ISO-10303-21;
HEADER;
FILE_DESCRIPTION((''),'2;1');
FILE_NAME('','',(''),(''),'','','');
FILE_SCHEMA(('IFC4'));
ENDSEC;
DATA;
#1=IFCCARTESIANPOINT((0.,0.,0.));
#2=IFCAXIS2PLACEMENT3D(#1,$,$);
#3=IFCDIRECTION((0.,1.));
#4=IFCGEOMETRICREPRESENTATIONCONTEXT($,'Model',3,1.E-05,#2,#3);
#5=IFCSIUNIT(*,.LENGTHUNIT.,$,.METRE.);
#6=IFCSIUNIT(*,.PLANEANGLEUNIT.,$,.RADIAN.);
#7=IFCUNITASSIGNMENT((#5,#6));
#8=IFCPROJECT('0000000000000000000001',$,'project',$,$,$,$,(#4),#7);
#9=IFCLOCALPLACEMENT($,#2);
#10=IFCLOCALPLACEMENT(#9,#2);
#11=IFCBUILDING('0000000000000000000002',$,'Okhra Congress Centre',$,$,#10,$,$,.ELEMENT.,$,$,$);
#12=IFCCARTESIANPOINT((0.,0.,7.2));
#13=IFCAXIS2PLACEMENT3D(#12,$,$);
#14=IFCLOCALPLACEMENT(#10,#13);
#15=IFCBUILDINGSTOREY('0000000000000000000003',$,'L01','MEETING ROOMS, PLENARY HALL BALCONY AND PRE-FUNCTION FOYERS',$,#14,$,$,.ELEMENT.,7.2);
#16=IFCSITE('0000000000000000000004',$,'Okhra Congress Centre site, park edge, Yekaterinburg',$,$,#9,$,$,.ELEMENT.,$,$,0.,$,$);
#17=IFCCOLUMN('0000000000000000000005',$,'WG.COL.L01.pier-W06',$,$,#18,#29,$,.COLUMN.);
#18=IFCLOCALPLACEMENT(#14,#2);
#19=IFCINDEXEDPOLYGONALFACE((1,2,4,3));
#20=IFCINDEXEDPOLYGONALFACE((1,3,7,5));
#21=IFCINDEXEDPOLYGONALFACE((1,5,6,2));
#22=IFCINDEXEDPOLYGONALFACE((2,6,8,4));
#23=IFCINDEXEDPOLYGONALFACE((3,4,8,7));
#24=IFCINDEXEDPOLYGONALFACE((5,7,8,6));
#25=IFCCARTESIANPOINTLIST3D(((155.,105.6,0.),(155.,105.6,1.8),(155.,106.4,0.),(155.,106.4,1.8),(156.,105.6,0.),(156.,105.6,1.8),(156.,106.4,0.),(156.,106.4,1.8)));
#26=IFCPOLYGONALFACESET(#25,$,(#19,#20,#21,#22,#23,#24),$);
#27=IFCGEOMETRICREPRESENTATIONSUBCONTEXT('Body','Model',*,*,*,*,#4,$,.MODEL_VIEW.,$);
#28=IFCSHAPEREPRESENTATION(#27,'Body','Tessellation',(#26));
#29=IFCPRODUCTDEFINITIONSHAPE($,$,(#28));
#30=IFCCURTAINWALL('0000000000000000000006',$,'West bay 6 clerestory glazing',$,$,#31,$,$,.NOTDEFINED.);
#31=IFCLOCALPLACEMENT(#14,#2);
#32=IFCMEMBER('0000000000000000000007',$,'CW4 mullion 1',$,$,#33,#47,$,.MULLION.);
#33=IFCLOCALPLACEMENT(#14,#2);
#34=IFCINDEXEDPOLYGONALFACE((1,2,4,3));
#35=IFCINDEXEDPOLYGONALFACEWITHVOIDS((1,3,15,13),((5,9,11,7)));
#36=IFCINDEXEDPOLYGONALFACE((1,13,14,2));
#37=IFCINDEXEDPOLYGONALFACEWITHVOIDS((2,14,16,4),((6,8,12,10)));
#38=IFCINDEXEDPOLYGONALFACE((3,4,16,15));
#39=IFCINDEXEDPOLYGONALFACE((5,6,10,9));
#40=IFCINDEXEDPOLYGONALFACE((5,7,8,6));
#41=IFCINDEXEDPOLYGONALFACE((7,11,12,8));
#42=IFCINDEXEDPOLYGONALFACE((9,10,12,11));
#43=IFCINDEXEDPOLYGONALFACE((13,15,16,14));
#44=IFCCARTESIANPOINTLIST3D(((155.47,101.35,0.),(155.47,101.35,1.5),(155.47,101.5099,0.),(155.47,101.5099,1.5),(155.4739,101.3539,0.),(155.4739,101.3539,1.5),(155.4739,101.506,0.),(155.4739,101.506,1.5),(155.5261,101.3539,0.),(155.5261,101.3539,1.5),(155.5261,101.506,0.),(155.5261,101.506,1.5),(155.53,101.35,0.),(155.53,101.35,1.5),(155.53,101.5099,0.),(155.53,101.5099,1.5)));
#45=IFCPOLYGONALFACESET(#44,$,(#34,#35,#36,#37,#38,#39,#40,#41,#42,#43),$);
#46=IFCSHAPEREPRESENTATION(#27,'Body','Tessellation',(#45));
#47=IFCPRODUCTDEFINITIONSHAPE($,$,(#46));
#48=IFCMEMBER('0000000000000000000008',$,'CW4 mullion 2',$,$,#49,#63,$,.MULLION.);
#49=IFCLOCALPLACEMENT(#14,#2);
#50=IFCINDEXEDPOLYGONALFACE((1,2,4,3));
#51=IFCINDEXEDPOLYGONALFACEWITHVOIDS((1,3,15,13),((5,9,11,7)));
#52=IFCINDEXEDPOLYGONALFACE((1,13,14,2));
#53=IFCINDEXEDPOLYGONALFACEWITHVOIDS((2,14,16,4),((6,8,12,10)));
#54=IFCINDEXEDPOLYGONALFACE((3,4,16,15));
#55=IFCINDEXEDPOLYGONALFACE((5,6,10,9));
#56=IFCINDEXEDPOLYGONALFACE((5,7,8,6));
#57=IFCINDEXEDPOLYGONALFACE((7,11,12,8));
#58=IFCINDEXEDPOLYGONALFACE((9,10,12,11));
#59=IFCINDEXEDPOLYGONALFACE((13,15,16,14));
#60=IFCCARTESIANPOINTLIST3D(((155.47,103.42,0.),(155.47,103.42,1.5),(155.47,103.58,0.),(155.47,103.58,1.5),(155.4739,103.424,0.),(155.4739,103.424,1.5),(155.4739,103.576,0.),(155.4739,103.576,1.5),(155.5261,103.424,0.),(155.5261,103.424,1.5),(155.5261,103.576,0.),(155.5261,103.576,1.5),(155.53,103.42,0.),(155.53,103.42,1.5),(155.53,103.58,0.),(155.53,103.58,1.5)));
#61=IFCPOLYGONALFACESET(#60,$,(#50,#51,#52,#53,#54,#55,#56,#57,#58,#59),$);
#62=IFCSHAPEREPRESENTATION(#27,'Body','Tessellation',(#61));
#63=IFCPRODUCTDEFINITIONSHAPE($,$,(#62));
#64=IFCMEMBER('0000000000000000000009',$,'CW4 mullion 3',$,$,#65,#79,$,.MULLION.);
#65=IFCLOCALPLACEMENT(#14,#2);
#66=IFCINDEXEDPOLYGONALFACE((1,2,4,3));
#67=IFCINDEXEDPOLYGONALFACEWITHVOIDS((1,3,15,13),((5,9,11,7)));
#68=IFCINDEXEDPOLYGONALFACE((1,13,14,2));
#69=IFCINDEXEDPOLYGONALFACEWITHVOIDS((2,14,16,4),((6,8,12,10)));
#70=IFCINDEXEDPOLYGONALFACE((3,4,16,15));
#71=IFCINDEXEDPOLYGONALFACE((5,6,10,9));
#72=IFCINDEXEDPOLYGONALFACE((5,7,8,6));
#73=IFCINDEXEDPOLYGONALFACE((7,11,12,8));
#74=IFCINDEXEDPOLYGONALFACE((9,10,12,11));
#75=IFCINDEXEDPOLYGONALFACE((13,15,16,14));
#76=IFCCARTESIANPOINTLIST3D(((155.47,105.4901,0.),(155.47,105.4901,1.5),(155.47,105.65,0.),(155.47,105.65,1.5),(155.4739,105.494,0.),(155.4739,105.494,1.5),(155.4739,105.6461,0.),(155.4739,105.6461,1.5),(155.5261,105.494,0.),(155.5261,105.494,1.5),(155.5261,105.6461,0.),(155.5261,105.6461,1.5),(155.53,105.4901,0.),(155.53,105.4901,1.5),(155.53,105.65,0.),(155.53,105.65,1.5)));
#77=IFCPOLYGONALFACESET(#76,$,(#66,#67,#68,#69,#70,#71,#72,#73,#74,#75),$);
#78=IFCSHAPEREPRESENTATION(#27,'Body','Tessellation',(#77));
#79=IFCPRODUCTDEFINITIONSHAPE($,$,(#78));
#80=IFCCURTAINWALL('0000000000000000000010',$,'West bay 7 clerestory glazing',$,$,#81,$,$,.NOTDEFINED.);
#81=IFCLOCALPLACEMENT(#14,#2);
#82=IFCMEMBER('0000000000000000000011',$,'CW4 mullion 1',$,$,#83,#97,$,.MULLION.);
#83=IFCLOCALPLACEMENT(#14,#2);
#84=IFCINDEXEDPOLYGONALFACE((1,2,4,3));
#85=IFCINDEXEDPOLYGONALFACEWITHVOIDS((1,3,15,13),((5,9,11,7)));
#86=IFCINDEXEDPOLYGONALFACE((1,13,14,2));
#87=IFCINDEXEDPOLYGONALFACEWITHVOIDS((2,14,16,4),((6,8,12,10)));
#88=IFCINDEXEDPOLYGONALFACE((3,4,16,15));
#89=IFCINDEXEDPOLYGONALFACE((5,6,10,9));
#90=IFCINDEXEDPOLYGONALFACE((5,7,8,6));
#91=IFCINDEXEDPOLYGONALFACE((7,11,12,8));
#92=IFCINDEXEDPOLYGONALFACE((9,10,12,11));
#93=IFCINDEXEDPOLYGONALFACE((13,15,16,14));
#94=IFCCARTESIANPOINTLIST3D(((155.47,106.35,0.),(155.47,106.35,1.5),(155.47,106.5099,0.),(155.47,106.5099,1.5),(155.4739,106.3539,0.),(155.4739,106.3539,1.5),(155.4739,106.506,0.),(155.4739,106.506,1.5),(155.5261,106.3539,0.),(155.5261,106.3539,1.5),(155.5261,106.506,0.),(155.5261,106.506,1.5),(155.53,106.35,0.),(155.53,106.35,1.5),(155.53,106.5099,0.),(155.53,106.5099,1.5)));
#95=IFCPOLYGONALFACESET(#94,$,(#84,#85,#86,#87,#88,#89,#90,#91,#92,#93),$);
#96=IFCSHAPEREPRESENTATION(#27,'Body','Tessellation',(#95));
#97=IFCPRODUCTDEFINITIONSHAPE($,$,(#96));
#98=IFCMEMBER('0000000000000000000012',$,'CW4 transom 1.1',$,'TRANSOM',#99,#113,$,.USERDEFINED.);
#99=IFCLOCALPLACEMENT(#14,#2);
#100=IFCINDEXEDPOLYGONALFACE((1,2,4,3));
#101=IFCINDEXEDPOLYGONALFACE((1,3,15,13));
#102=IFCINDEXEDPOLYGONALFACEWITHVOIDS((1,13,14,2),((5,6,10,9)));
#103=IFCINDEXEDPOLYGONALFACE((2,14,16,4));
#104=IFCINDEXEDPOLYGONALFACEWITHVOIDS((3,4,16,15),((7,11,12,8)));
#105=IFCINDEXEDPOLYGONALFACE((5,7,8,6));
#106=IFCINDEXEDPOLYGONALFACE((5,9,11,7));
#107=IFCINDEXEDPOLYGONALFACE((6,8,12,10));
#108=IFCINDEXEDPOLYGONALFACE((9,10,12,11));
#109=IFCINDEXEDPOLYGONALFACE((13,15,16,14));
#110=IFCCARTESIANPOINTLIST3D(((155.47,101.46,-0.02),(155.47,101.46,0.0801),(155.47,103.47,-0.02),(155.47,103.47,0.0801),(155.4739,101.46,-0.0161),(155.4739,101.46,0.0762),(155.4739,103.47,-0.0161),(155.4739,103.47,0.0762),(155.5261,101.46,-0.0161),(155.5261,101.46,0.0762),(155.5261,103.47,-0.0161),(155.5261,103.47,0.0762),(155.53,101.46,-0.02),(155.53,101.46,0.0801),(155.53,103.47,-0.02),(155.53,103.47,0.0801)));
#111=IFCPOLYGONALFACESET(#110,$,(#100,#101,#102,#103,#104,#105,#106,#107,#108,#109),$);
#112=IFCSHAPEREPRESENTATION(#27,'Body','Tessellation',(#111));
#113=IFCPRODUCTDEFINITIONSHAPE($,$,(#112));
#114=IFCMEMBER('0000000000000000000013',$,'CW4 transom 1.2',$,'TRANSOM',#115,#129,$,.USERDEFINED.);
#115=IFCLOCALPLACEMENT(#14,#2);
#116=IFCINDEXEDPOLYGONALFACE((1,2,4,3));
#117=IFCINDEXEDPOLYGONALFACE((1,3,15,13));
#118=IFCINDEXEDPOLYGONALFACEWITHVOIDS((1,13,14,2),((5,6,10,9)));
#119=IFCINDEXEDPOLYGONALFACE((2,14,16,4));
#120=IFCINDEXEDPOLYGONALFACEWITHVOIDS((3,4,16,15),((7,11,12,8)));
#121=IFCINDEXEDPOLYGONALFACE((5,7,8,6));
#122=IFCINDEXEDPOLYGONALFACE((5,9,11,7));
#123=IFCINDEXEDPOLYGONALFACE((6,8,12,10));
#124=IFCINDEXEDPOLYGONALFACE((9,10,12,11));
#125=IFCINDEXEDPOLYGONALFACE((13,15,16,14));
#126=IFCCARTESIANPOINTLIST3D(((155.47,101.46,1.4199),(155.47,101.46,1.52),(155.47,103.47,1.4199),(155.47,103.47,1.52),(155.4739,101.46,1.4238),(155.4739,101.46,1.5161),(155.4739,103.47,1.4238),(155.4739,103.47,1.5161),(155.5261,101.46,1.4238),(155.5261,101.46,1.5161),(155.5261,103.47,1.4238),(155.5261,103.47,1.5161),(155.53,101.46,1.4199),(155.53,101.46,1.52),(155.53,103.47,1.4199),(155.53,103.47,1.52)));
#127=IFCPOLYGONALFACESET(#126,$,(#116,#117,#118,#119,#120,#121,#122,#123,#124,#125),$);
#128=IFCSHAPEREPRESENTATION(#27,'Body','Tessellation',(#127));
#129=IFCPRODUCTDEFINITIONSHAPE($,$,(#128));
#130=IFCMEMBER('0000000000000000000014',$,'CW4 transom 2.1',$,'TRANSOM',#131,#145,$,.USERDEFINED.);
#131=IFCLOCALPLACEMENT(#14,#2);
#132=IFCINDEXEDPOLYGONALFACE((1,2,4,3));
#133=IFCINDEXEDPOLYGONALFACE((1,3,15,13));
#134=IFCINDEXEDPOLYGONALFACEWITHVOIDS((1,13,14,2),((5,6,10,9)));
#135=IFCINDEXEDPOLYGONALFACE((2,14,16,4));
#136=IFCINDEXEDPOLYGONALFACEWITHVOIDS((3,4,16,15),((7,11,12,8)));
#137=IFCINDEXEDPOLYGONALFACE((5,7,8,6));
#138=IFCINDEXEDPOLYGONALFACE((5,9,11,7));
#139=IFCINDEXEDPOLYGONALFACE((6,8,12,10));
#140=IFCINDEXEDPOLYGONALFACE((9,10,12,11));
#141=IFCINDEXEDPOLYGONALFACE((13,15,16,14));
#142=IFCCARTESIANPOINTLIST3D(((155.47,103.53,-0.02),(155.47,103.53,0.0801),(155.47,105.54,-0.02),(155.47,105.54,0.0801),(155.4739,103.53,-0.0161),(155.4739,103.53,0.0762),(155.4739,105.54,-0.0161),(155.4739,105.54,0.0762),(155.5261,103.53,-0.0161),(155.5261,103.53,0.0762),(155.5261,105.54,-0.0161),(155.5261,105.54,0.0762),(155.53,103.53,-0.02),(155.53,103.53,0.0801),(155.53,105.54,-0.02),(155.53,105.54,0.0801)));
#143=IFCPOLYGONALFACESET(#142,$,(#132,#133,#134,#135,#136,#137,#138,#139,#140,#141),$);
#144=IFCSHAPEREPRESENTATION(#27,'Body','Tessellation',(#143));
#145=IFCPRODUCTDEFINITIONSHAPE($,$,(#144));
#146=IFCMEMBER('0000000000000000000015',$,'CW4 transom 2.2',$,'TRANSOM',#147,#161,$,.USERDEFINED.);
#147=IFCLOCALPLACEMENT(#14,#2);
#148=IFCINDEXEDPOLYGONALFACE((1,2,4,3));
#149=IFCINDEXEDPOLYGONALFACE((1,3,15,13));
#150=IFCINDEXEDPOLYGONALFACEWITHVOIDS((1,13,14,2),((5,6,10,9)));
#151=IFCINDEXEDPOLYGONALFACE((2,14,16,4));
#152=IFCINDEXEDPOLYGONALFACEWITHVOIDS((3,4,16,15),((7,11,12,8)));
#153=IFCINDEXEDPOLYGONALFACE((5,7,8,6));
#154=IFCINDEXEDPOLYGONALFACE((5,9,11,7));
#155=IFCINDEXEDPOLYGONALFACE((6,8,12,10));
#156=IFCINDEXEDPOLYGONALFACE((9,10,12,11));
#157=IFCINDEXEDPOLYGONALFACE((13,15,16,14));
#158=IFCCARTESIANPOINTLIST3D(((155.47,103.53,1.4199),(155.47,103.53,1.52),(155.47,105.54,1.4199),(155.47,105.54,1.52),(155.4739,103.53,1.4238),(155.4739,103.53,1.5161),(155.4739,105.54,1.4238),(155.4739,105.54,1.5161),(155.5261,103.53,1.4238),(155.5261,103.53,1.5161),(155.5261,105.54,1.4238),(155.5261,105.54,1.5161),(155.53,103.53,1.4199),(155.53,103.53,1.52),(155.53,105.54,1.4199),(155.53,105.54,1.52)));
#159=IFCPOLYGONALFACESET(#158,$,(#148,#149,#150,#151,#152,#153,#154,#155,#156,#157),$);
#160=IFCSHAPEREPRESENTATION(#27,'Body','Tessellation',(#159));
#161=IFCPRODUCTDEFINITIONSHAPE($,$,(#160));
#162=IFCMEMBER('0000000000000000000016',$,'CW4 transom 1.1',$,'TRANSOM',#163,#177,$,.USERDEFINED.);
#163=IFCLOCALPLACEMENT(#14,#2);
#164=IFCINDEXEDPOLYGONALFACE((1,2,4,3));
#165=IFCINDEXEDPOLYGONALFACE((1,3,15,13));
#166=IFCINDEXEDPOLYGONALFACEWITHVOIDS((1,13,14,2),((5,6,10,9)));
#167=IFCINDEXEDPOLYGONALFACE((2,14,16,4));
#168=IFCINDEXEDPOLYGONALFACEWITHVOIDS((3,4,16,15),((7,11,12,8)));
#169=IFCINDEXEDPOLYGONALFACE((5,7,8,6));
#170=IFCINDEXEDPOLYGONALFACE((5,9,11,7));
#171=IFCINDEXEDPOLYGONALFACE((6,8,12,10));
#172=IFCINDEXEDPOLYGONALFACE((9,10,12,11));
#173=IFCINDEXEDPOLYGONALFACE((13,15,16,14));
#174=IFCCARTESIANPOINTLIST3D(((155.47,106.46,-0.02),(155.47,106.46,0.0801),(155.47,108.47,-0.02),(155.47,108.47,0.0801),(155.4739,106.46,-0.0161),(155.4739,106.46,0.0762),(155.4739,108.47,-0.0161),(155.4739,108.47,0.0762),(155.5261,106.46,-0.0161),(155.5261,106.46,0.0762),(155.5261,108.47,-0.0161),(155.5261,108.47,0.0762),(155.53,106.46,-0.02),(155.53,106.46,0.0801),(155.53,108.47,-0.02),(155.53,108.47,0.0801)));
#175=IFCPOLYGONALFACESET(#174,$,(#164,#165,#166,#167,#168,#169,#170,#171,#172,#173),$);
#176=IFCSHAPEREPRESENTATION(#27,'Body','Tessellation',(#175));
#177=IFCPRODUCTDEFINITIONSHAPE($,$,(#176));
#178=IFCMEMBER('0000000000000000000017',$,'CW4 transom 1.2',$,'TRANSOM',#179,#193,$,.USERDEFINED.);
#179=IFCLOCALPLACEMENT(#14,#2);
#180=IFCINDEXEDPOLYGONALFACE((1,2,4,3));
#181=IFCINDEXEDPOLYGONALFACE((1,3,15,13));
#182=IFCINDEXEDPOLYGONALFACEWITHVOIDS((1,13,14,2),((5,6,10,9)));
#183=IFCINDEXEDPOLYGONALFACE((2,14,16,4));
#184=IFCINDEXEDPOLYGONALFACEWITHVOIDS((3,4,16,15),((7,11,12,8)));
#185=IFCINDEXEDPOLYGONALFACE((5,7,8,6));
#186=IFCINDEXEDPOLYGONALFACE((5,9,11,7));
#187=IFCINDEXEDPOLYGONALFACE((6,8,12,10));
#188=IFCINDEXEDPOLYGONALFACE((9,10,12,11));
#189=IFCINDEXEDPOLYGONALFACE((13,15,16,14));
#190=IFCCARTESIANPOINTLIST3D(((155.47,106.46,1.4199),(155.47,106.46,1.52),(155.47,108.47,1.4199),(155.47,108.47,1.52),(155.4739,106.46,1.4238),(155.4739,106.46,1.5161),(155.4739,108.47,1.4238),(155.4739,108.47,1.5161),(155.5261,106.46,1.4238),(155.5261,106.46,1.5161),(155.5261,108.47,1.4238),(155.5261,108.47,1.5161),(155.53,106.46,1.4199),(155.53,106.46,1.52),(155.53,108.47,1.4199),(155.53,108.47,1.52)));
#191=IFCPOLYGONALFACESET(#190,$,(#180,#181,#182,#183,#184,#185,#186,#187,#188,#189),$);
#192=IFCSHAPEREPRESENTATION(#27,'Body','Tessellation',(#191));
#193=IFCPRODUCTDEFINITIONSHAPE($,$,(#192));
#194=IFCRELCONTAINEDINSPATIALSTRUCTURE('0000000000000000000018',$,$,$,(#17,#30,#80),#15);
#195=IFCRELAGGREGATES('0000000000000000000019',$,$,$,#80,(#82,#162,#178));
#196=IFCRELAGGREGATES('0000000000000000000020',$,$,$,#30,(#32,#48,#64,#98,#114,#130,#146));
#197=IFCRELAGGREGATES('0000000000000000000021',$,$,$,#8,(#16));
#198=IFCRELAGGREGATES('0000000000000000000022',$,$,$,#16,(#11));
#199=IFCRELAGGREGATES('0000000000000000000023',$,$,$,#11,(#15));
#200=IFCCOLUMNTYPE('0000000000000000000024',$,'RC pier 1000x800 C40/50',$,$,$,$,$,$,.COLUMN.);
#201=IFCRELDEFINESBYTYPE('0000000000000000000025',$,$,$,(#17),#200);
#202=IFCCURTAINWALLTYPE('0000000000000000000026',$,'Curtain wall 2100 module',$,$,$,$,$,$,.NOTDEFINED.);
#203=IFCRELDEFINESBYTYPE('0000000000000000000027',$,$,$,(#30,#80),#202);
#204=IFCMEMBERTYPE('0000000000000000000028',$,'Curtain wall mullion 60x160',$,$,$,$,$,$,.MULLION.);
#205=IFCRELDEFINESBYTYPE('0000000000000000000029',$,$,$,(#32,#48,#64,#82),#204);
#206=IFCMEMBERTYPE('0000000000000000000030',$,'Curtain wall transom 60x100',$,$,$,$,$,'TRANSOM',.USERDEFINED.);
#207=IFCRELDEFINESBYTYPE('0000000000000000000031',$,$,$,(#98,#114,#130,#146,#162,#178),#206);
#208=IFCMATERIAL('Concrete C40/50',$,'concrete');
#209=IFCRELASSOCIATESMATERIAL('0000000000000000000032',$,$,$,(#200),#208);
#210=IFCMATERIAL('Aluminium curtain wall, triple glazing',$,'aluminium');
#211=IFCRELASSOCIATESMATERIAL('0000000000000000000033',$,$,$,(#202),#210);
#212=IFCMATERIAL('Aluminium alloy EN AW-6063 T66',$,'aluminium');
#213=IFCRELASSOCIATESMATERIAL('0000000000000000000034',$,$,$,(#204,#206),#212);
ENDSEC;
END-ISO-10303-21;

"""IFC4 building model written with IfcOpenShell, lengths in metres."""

from ifc_helpers import new_model, si_unit, direction, frame, origin, origin_2d, place, context, subcontext, project, spatial, rectangle, hollow_rectangle, extrude, material, material_profile, profile_set, type_object, element, aggregate, save


model = new_model("IFC4")

# Units and contexts
model_context = context("Model", 3, precision=1e-05, world=origin(), true_north=direction((0.0, 1.0)))
body_context = subcontext(model_context, "Body", "Model", "MODEL_VIEW")
ifc_project = project(units=[si_unit("LENGTHUNIT", "METRE"), si_unit("PLANEANGLEUNIT", "RADIAN")], contexts=[model_context])

# Site, building, storey
site_placement = place(None, origin())
site = spatial("IfcSite", under=ifc_project, at=site_placement, Name="Okhra Congress Centre site, park edge, Yekaterinburg", CompositionType="ELEMENT", RefElevation=0.0)
building_placement = place(site_placement, origin())
building = spatial("IfcBuilding", under=site, at=building_placement, Name="Okhra Congress Centre", CompositionType="ELEMENT")
storey_placement = place(building_placement, frame((0.0, 0.0, 7.2)))
storey = spatial("IfcBuildingStorey", under=building, at=storey_placement, Name="L01", Description="MEETING ROOMS, PLENARY HALL BALCONY AND PRE-FUNCTION FOYERS", CompositionType="ELEMENT", Elevation=7.2)

# Column
ifc_material_1 = material(Name="Concrete C40/50", Category="concrete")
ifc_material_profile_1 = material_profile(ifc_material_1, rectangle(XDim=1.0, YDim=0.8, at=origin_2d()), Name="RC 1000x800")
ifc_profile_set_1 = profile_set([ifc_material_profile_1], Name="Concrete C40/50")
column_type = type_object("IfcColumnType", Name="RC pier 1000x800 C40/50", PredefinedType="COLUMN", material=ifc_profile_set_1)
column_placement = place(storey_placement, frame((155.5, 106.0, 0.0), z_axis=(0.0, 0.0, 1.0), x_axis=(1.0, 0.0, 0.0)))
element("IfcColumn", 1, at=column_placement, inside=storey, type_object=column_type, Name="WG.COL.L01.pier-W06", PredefinedType="COLUMN", context=body_context, shape_type="SweptSolid", body=[
    extrude(rectangle(XDim=1.0, YDim=0.8, at=origin_2d()), origin(), (0.0, 0.0, 1.0), 1.8),
])

# Curtain wall, members
ifc_material_2 = material(Name="Aluminium curtain wall, triple glazing", Category="aluminium")
curtain_wall_type = type_object("IfcCurtainWallType", Name="Curtain wall 2100 module", PredefinedType="NOTDEFINED", material=ifc_material_2)
curtain_wall_1_placement = place(storey_placement, origin())
curtain_wall_1 = element("IfcCurtainWall", 2, at=curtain_wall_1_placement, inside=storey, type_object=curtain_wall_type, Name="West bay 6 clerestory glazing", PredefinedType="NOTDEFINED")
ifc_material_3 = material(Name="Aluminium alloy EN AW-6063 T66", Category="aluminium")
ifc_material_profile_2 = material_profile(ifc_material_3, hollow_rectangle(XDim=0.0601, YDim=0.1599, WallThickness=0.0039, at=origin_2d()), Name="RHS 60x160x4")
ifc_profile_set_2 = profile_set([ifc_material_profile_2], Name="Aluminium alloy EN AW-6063 T66")
member_type_1 = type_object("IfcMemberType", Name="Curtain wall mullion 60x160", PredefinedType="MULLION", material=ifc_profile_set_2)
member_1_placement = place(storey_placement, frame((155.5, 101.4299, 0.0), z_axis=(0.0, 0.0, 1.0), x_axis=(-1.0, 0.0, 0.0)))
member_1 = element("IfcMember", 3, at=member_1_placement, type_object=member_type_1, Name="CW4 mullion 1", PredefinedType="MULLION", context=body_context, shape_type="SweptSolid", body=[
    extrude(hollow_rectangle(XDim=0.0601, YDim=0.1599, WallThickness=0.0039, at=origin_2d()), origin(), (0.0, 0.0, 1.0), 1.5),
])
member_2_placement = place(storey_placement, frame((155.5, 103.5, 0.0), z_axis=(0.0, 0.0, 1.0), x_axis=(-1.0, 0.0, 0.0)))
member_2 = element("IfcMember", 4, at=member_2_placement, type_object=member_type_1, Name="CW4 mullion 2", PredefinedType="MULLION", context=body_context, shape_type="SweptSolid", body=[
    extrude(hollow_rectangle(XDim=0.0601, YDim=0.1599, WallThickness=0.0039, at=origin_2d()), origin(), (0.0, 0.0, 1.0), 1.5),
])
member_3_placement = place(storey_placement, frame((155.5, 105.5701, 0.0), z_axis=(0.0, 0.0, 1.0), x_axis=(-1.0, 0.0, 0.0)))
member_3 = element("IfcMember", 5, at=member_3_placement, type_object=member_type_1, Name="CW4 mullion 3", PredefinedType="MULLION", context=body_context, shape_type="SweptSolid", body=[
    extrude(hollow_rectangle(XDim=0.0601, YDim=0.1599, WallThickness=0.0039, at=origin_2d()), origin(), (0.0, 0.0, 1.0), 1.5),
])

# Curtain wall, member
curtain_wall_2_placement = place(storey_placement, origin())
curtain_wall_2 = element("IfcCurtainWall", 6, at=curtain_wall_2_placement, inside=storey, type_object=curtain_wall_type, Name="West bay 7 clerestory glazing", PredefinedType="NOTDEFINED")
member_4_placement = place(storey_placement, frame((155.5, 106.4299, 0.0), z_axis=(0.0, 0.0, 1.0), x_axis=(-1.0, 0.0, 0.0)))
member_4 = element("IfcMember", 7, at=member_4_placement, type_object=member_type_1, Name="CW4 mullion 1", PredefinedType="MULLION", context=body_context, shape_type="SweptSolid", body=[
    extrude(hollow_rectangle(XDim=0.0601, YDim=0.1599, WallThickness=0.0039, at=origin_2d()), origin(), (0.0, 0.0, 1.0), 1.5),
])

# Members
ifc_material_profile_3 = material_profile(ifc_material_3, hollow_rectangle(XDim=0.0601, YDim=0.1001, WallThickness=0.0039, at=origin_2d()), Name="RHS 60x100x4")
ifc_profile_set_3 = profile_set([ifc_material_profile_3], Name="Aluminium alloy EN AW-6063 T66")
member_type_2 = type_object("IfcMemberType", Name="Curtain wall transom 60x100", ElementType="TRANSOM", PredefinedType="USERDEFINED", material=ifc_profile_set_3)
member_5_placement = place(storey_placement, frame((155.5, 101.46, 0.03), z_axis=(0.0, 1.0, 0.0), x_axis=(-1.0, 0.0, 0.0)))
member_5 = element("IfcMember", 8, at=member_5_placement, type_object=member_type_2, Name="CW4 transom 1.1", ObjectType="TRANSOM", PredefinedType="USERDEFINED", context=body_context, shape_type="SweptSolid", body=[
    extrude(hollow_rectangle(XDim=0.0601, YDim=0.1001, WallThickness=0.0039, at=origin_2d()), origin(), (0.0, 0.0, 1.0), 2.01),
])
member_6_placement = place(storey_placement, frame((155.5, 101.46, 1.47), z_axis=(0.0, 1.0, 0.0), x_axis=(-1.0, 0.0, 0.0)))
member_6 = element("IfcMember", 9, at=member_6_placement, type_object=member_type_2, Name="CW4 transom 1.2", ObjectType="TRANSOM", PredefinedType="USERDEFINED", context=body_context, shape_type="SweptSolid", body=[
    extrude(hollow_rectangle(XDim=0.0601, YDim=0.1001, WallThickness=0.0039, at=origin_2d()), origin(), (0.0, 0.0, 1.0), 2.01),
])
member_7_placement = place(storey_placement, frame((155.5, 103.53, 0.03), z_axis=(0.0, 1.0, 0.0), x_axis=(-1.0, 0.0, 0.0)))
member_7 = element("IfcMember", 10, at=member_7_placement, type_object=member_type_2, Name="CW4 transom 2.1", ObjectType="TRANSOM", PredefinedType="USERDEFINED", context=body_context, shape_type="SweptSolid", body=[
    extrude(hollow_rectangle(XDim=0.0601, YDim=0.1001, WallThickness=0.0039, at=origin_2d()), origin(), (0.0, 0.0, 1.0), 2.01),
])
member_8_placement = place(storey_placement, frame((155.5, 103.53, 1.47), z_axis=(0.0, 1.0, 0.0), x_axis=(-1.0, 0.0, 0.0)))
member_8 = element("IfcMember", 11, at=member_8_placement, type_object=member_type_2, Name="CW4 transom 2.2", ObjectType="TRANSOM", PredefinedType="USERDEFINED", context=body_context, shape_type="SweptSolid", body=[
    extrude(hollow_rectangle(XDim=0.0601, YDim=0.1001, WallThickness=0.0039, at=origin_2d()), origin(), (0.0, 0.0, 1.0), 2.01),
])
member_9_placement = place(storey_placement, frame((155.5, 106.46, 0.03), z_axis=(0.0, 1.0, 0.0), x_axis=(-1.0, 0.0, 0.0)))
member_9 = element("IfcMember", 12, at=member_9_placement, type_object=member_type_2, Name="CW4 transom 1.1", ObjectType="TRANSOM", PredefinedType="USERDEFINED", context=body_context, shape_type="SweptSolid", body=[
    extrude(hollow_rectangle(XDim=0.0601, YDim=0.1001, WallThickness=0.0039, at=origin_2d()), origin(), (0.0, 0.0, 1.0), 2.01),
])
member_10_placement = place(storey_placement, frame((155.5, 106.46, 1.47), z_axis=(0.0, 1.0, 0.0), x_axis=(-1.0, 0.0, 0.0)))
member_10 = element("IfcMember", 13, at=member_10_placement, type_object=member_type_2, Name="CW4 transom 1.2", ObjectType="TRANSOM", PredefinedType="USERDEFINED", context=body_context, shape_type="SweptSolid", body=[
    extrude(hollow_rectangle(XDim=0.0601, YDim=0.1001, WallThickness=0.0039, at=origin_2d()), origin(), (0.0, 0.0, 1.0), 2.01),
])
aggregate(curtain_wall_2, [member_4, member_9, member_10])

aggregate(curtain_wall_1, [member_1, member_2, member_3, member_5, member_6, member_7, member_8])

save(model, "model.ifc")
